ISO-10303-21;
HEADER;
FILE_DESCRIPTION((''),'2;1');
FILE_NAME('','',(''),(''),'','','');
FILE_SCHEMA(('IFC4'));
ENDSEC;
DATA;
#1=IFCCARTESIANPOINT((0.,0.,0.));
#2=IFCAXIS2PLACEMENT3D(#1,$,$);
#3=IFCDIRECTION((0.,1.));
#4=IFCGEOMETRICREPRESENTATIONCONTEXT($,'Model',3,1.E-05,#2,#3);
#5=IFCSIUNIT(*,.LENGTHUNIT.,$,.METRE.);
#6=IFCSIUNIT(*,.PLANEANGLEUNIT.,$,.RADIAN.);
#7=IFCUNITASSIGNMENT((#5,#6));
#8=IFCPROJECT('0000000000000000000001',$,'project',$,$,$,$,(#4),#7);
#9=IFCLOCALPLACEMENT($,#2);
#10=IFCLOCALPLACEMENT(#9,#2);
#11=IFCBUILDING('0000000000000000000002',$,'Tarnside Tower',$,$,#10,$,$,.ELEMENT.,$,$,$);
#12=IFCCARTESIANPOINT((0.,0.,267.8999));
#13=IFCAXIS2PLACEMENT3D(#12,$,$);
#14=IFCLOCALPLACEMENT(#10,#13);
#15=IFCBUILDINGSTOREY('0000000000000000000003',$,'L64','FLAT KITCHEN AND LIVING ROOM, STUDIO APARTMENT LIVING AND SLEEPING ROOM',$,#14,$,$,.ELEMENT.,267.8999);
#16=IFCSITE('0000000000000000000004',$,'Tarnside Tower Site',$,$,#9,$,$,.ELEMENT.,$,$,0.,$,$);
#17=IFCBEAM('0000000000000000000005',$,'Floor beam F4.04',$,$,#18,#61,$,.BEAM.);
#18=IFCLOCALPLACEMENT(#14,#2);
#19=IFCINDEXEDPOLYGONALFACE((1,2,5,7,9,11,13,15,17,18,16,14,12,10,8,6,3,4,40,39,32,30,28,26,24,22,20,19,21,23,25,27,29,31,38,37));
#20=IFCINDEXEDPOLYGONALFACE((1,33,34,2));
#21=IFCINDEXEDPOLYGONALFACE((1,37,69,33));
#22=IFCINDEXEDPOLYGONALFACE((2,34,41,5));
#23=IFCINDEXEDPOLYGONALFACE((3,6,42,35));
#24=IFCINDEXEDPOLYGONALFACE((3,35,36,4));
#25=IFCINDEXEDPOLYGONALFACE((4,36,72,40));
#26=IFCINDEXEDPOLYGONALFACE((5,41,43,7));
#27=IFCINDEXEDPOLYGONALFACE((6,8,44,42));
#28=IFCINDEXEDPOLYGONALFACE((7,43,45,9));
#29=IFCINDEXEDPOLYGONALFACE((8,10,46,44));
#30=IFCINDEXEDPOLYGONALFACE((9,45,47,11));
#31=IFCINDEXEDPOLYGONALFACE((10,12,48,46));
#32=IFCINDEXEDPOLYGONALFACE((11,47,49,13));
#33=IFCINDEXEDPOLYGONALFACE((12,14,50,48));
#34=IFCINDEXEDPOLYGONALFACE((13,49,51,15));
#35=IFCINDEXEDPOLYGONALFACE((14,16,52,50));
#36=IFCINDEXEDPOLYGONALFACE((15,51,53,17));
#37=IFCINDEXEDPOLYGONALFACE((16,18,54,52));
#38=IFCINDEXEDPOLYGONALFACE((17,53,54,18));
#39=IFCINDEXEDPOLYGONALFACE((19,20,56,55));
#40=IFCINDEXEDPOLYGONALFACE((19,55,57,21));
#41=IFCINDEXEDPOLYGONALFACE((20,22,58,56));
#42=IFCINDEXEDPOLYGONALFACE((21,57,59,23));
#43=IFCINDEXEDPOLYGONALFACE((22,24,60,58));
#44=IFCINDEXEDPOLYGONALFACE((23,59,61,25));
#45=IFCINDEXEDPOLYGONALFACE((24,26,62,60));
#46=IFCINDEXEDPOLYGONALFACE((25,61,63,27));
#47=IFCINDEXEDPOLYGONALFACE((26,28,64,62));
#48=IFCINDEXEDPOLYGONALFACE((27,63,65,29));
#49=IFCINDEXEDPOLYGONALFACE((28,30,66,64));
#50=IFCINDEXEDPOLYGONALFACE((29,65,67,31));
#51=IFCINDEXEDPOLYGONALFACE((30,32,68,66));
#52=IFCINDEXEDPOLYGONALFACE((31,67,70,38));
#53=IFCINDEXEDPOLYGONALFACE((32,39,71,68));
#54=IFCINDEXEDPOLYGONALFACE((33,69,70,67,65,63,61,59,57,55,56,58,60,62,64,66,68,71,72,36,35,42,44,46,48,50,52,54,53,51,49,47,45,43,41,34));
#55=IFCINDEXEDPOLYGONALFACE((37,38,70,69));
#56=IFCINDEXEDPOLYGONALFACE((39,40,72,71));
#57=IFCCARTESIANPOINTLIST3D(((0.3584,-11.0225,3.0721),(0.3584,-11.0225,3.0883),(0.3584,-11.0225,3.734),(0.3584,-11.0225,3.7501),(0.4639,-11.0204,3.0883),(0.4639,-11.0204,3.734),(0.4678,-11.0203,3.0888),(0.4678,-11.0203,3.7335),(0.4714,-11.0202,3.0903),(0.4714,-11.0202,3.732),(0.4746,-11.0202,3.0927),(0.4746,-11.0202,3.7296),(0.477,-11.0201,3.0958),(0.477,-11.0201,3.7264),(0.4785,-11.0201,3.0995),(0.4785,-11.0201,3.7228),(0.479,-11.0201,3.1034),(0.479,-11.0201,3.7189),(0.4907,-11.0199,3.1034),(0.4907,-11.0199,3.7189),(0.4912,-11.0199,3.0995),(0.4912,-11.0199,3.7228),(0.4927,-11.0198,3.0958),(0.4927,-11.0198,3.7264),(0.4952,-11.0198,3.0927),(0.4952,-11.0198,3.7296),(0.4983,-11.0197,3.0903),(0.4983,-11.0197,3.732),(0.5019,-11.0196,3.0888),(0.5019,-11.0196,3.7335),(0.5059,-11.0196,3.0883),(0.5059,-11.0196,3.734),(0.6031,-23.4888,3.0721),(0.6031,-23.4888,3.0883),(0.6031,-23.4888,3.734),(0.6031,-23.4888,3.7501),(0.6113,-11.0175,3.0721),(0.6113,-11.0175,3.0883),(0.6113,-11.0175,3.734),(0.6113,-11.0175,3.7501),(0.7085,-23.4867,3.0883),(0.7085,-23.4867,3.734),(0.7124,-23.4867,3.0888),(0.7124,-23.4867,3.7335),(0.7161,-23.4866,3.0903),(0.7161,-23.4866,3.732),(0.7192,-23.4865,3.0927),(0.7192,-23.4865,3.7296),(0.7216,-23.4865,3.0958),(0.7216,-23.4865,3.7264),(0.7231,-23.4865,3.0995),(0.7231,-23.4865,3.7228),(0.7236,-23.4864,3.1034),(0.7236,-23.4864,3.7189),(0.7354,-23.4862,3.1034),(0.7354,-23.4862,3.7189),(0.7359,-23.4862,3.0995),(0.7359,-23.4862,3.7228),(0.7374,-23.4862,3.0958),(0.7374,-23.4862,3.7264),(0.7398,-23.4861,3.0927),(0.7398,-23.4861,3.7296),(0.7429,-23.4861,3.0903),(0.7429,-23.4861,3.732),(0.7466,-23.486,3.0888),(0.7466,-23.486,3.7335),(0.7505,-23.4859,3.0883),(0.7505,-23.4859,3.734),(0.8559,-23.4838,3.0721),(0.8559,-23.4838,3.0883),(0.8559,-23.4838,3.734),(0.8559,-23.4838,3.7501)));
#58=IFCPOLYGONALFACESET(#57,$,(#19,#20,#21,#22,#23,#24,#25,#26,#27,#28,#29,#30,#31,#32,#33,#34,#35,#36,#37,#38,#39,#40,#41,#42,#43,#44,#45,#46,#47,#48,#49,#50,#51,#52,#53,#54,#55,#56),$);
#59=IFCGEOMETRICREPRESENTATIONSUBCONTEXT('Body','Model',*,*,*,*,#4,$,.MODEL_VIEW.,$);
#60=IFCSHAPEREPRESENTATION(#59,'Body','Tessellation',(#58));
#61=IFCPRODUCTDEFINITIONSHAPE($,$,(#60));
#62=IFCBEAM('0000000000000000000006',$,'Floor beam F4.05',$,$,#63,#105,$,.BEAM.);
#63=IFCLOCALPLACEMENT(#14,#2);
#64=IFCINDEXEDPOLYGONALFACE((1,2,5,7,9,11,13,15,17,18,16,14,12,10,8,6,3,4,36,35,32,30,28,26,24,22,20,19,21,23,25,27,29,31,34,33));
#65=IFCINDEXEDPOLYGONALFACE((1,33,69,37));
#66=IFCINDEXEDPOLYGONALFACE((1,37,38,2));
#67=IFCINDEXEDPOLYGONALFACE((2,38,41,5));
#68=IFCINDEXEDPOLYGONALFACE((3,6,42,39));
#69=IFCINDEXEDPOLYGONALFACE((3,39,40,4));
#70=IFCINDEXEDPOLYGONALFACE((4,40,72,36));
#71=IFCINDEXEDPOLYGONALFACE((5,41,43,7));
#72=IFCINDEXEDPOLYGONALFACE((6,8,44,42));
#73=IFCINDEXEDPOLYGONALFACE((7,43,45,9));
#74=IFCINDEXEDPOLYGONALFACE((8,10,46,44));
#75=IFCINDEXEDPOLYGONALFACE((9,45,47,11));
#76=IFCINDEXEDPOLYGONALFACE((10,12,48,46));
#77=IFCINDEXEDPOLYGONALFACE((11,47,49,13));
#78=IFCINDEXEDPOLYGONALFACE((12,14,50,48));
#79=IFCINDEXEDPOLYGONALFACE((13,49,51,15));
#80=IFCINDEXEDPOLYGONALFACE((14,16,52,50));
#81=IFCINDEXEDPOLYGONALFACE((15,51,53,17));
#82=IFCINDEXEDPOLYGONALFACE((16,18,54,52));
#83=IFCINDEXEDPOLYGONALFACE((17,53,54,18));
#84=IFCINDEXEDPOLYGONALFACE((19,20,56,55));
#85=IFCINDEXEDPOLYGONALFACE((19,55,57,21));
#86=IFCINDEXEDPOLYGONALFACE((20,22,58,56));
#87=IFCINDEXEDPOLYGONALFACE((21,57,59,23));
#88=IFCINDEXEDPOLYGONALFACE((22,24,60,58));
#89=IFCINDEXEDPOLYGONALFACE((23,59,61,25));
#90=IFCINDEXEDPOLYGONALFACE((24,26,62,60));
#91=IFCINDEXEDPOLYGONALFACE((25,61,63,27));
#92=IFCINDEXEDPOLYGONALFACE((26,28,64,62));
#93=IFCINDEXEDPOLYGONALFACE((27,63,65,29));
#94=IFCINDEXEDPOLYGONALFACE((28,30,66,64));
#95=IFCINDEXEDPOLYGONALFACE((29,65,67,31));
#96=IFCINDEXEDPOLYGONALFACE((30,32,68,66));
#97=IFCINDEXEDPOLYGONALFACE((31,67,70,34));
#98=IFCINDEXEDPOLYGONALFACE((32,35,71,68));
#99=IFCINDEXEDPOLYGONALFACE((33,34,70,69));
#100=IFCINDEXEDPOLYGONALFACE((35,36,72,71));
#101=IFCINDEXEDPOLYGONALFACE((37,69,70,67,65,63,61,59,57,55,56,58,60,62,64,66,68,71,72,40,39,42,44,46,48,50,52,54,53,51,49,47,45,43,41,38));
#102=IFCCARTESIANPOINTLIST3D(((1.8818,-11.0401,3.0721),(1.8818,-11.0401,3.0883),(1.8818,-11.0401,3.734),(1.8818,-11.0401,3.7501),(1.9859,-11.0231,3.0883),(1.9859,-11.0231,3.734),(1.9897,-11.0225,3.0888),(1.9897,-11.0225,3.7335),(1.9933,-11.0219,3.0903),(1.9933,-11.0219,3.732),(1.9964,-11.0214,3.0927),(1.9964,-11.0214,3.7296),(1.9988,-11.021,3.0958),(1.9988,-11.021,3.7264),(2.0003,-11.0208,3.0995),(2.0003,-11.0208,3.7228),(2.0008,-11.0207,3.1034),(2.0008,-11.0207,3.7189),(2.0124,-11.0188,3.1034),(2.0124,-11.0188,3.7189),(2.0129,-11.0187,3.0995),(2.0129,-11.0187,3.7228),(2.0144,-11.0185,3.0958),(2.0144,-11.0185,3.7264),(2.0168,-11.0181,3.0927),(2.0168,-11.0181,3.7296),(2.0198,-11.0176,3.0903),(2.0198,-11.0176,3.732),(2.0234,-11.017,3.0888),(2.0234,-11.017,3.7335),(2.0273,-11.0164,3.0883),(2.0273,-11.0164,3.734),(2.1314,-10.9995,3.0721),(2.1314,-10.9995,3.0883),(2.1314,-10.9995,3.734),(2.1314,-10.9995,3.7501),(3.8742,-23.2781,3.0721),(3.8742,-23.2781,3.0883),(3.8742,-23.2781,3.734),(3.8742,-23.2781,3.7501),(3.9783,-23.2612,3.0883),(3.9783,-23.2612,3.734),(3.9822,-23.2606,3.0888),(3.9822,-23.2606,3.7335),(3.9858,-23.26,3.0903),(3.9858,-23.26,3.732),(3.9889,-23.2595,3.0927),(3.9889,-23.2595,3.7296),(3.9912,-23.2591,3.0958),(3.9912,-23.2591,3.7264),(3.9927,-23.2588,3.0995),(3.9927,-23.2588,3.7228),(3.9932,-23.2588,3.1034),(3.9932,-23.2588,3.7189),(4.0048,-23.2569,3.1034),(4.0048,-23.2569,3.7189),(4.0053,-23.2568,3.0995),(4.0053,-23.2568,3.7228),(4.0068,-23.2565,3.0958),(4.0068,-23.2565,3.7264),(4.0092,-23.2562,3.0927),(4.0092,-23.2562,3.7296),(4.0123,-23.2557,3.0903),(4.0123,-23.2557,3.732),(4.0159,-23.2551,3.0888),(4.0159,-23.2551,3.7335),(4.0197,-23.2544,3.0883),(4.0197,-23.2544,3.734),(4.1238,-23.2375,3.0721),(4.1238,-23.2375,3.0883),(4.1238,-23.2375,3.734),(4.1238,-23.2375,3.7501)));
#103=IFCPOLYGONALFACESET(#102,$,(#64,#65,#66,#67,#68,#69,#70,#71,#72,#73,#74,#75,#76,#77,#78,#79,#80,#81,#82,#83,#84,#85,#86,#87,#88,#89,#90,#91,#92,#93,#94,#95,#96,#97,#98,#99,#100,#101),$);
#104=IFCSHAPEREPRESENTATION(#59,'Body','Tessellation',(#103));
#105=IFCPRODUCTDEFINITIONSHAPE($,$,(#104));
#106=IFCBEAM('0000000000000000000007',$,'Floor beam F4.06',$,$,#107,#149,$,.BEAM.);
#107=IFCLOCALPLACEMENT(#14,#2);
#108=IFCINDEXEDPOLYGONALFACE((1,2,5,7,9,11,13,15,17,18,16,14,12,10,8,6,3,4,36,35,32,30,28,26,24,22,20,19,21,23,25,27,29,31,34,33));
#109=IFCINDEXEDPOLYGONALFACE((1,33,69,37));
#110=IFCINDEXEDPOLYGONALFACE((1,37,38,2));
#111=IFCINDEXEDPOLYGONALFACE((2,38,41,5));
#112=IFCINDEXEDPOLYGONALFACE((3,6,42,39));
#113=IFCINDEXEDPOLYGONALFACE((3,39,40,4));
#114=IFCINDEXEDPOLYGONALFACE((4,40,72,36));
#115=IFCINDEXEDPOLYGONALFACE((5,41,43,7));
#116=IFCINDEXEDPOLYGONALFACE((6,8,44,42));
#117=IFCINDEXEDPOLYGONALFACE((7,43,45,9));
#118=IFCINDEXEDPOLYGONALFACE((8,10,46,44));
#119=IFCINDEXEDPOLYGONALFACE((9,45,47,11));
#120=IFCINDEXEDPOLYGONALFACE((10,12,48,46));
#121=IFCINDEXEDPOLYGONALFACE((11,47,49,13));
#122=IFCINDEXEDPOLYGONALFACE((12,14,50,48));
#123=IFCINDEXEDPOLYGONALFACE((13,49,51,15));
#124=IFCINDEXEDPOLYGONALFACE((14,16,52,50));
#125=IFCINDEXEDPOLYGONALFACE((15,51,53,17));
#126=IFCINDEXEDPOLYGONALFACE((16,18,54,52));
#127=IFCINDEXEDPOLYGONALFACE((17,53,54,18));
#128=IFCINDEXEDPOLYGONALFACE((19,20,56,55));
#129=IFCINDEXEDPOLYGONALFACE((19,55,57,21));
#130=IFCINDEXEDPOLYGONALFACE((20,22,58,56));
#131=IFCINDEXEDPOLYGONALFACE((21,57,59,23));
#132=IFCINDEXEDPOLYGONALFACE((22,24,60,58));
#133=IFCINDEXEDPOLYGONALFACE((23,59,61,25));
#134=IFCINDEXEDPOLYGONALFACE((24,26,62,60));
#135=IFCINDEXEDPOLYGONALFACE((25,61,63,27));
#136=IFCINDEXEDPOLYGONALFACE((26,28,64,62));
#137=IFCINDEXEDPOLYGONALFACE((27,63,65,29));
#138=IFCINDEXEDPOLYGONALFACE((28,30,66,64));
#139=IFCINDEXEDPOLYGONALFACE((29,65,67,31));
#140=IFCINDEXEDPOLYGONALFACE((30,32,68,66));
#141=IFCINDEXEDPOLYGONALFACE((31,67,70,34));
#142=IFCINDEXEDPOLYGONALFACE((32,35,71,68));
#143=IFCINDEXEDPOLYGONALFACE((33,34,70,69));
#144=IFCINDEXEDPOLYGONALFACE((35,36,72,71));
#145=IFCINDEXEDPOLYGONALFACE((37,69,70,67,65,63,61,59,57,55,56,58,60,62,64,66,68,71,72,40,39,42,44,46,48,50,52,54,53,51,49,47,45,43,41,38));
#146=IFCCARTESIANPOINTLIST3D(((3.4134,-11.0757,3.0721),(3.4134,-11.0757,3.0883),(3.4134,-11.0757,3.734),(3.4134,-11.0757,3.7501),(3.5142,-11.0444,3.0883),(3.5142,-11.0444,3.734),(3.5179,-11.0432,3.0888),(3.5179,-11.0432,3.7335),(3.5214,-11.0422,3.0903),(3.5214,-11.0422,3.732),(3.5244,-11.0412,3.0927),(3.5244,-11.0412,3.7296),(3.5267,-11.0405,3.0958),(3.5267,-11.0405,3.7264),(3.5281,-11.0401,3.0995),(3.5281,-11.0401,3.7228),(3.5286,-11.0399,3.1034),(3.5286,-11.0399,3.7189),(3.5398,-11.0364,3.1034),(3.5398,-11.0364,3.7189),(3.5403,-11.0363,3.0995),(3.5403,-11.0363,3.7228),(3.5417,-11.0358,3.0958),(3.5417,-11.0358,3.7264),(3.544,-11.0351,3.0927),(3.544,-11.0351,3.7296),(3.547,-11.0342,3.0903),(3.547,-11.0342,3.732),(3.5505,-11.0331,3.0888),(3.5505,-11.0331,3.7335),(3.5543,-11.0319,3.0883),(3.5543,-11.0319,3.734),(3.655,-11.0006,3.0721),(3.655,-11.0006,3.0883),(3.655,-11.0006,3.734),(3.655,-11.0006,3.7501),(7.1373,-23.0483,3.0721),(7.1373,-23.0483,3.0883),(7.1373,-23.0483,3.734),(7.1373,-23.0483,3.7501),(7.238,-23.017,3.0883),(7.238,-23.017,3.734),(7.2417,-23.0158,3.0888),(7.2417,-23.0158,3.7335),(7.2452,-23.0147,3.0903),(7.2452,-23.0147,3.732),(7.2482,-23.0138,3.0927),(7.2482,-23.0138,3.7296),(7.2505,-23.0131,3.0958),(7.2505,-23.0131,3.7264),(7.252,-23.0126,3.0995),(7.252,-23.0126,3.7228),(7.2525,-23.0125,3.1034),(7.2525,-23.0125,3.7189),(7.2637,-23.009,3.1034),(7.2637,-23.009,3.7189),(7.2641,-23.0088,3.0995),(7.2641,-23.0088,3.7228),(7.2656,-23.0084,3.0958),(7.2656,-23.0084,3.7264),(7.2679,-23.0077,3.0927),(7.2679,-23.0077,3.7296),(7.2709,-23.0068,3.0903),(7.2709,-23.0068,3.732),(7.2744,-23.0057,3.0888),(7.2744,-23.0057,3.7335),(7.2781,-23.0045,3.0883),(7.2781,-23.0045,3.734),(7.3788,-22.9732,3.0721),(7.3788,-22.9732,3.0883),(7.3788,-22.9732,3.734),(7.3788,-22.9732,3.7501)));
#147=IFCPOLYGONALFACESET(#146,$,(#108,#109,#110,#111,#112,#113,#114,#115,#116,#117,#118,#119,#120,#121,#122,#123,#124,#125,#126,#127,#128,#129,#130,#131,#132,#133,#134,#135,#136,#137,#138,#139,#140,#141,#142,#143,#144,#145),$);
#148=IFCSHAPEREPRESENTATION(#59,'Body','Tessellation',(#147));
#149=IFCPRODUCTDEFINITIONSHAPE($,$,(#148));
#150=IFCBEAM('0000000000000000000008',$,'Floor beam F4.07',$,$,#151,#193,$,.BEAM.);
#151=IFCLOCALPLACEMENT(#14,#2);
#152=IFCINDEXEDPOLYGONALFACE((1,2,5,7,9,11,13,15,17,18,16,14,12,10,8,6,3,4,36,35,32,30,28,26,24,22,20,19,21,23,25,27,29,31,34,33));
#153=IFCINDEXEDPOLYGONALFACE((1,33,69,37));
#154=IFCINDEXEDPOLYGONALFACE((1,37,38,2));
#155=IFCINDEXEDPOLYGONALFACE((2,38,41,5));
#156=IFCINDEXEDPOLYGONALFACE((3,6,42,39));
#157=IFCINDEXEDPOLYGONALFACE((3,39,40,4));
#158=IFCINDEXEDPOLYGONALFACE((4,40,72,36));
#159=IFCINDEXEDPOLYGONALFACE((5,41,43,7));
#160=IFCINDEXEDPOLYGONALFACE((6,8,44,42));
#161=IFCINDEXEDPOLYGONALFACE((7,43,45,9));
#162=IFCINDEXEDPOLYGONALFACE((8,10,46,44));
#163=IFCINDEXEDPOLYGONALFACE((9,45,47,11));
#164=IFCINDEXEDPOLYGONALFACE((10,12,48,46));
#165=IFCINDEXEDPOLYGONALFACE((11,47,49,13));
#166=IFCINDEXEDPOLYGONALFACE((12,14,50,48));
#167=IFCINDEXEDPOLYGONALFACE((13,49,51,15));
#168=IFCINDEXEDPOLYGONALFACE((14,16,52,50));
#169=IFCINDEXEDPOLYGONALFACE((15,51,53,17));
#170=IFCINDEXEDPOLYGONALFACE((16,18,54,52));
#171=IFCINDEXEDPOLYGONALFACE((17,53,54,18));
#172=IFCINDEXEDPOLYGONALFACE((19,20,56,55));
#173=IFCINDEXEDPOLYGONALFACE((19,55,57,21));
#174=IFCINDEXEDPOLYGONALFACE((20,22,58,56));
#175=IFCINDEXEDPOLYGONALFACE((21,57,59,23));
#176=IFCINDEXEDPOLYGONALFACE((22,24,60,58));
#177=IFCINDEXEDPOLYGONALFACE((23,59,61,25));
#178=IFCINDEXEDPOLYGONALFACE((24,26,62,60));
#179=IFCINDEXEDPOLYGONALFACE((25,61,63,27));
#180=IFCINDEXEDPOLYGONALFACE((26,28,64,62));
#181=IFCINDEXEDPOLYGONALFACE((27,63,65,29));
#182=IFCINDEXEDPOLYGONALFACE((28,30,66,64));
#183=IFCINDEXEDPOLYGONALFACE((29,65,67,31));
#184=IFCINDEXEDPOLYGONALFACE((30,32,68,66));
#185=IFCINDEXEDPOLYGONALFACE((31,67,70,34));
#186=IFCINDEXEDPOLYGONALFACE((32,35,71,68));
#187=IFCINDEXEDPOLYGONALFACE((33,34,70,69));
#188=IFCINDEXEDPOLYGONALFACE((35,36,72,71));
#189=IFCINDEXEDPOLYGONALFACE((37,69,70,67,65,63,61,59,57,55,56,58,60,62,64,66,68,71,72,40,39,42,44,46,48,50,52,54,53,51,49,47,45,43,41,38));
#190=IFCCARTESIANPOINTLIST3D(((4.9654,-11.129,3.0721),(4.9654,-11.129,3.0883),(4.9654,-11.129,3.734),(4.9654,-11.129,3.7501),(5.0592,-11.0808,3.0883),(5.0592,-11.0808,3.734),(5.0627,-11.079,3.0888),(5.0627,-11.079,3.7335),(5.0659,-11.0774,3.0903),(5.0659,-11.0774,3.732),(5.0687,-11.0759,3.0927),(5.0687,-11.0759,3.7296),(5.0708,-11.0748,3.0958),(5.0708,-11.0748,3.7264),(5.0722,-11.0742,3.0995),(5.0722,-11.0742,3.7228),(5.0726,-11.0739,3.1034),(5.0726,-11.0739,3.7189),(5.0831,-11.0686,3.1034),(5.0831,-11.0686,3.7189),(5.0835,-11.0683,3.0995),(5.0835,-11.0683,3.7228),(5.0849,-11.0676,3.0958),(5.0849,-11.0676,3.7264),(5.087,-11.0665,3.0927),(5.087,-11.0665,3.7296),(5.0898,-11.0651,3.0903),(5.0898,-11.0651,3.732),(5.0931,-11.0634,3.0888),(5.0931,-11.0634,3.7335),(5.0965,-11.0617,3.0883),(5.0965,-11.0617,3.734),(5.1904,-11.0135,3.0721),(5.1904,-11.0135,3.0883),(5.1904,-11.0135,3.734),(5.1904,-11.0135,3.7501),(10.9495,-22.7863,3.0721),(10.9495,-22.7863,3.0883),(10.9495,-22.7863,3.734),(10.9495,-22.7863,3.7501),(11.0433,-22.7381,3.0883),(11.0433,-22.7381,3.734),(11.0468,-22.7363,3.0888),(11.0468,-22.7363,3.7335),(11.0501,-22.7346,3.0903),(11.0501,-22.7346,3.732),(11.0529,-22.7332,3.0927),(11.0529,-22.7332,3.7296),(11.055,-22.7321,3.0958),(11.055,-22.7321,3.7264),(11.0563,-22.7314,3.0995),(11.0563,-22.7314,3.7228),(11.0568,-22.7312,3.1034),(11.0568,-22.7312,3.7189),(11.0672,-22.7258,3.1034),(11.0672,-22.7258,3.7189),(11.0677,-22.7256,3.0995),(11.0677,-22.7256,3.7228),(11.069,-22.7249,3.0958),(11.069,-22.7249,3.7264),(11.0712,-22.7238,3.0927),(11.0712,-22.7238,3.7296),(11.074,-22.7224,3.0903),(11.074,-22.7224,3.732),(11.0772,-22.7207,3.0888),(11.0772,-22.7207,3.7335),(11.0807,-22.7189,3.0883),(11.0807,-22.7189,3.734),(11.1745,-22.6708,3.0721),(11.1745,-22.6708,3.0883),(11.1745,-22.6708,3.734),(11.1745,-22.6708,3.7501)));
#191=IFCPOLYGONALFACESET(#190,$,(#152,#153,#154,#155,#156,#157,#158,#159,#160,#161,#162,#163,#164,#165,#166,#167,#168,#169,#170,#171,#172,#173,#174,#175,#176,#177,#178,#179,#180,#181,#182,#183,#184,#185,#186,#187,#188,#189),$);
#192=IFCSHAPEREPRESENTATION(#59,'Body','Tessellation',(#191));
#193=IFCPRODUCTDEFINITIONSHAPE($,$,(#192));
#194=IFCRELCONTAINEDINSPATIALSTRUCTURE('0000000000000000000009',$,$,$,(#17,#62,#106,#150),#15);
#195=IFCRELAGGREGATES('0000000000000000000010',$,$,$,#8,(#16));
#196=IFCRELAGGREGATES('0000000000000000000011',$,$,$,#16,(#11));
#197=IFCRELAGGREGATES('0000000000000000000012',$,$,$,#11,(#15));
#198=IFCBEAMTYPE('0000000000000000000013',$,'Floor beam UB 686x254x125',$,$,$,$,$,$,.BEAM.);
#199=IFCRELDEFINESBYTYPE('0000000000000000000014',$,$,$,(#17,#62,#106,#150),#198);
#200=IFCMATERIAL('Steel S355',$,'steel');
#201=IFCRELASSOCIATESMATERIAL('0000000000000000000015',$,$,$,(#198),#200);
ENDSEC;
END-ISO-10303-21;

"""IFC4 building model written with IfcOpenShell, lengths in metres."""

from ifc_helpers import new_model, si_unit, direction, frame, origin, origin_2d, place, context, subcontext, project, spatial, i_section, extrude, material, material_profile, profile_set, type_object, element, save


model = new_model("IFC4")

# Units and contexts
model_context = context("Model", 3, precision=1e-05, world=origin(), true_north=direction((0.0, 1.0)))
body_context = subcontext(model_context, "Body", "Model", "MODEL_VIEW")
ifc_project = project(units=[si_unit("LENGTHUNIT", "METRE"), si_unit("PLANEANGLEUNIT", "RADIAN")], contexts=[model_context])

# Site, building, storey
site_placement = place(None, origin())
site = spatial("IfcSite", under=ifc_project, at=site_placement, Name="Tarnside Tower Site", CompositionType="ELEMENT", RefElevation=0.0)
building_placement = place(site_placement, origin())
building = spatial("IfcBuilding", under=site, at=building_placement, Name="Tarnside Tower", CompositionType="ELEMENT")
storey_placement = place(building_placement, frame((0.0, 0.0, 267.8999)))
storey = spatial("IfcBuildingStorey", under=building, at=storey_placement, Name="L64", Description="FLAT KITCHEN AND LIVING ROOM, STUDIO APARTMENT LIVING AND SLEEPING ROOM", CompositionType="ELEMENT", Elevation=267.8999)

# Beams
ifc_material_1 = material(Name="Steel S355", Category="steel")
ifc_material_profile = material_profile(ifc_material_1, i_section(OverallWidth=0.2529, OverallDepth=0.678, WebThickness=0.0117, FlangeThickness=0.0161, FilletRadius=0.0151, at=origin_2d()), Name="UB 686x254x125")
ifc_profile_set = profile_set([ifc_material_profile], Name="Steel S355")
beam_type = type_object("IfcBeamType", Name="Floor beam UB 686x254x125", PredefinedType="BEAM", material=ifc_profile_set)
beam_1_placement = place(storey_placement, frame((0.7295, -23.4863, 3.4111), z_axis=(-0.019619, 0.999808, 0.0), x_axis=(-0.999808, -0.019619, 0.0)))
element("IfcBeam", 1, at=beam_1_placement, inside=storey, type_object=beam_type, Name="Floor beam F4.04", PredefinedType="BEAM", context=body_context, shape_type="SweptSolid", body=[
    extrude(i_section(OverallWidth=0.2529, OverallDepth=0.678, WebThickness=0.0117, FlangeThickness=0.0161, FilletRadius=0.0151, at=origin_2d()), origin(), (0.0, 0.0, 1.0), 12.4688),
])
beam_2_placement = place(storey_placement, frame((3.999, -23.2578, 3.4111), z_axis=(-0.160691, 0.987005, 0.0), x_axis=(-0.987005, -0.160691, 0.0)))
element("IfcBeam", 2, at=beam_2_placement, inside=storey, type_object=beam_type, Name="Floor beam F4.05", PredefinedType="BEAM", context=body_context, shape_type="SweptSolid", body=[
    extrude(i_section(OverallWidth=0.2529, OverallDepth=0.678, WebThickness=0.0117, FlangeThickness=0.0161, FilletRadius=0.0151, at=origin_2d()), origin(), (0.0, 0.0, 1.0), 12.3992),
])
beam_3_placement = place(storey_placement, frame((7.2581, -23.0107, 3.4111), z_axis=(-0.296998, 0.954878, 0.0), x_axis=(-0.954878, -0.296998, 0.0)))
element("IfcBeam", 3, at=beam_3_placement, inside=storey, type_object=beam_type, Name="Floor beam F4.06", PredefinedType="BEAM", context=body_context, shape_type="SweptSolid", body=[
    extrude(i_section(OverallWidth=0.2529, OverallDepth=0.678, WebThickness=0.0117, FlangeThickness=0.0161, FilletRadius=0.0151, at=origin_2d()), origin(), (0.0, 0.0, 1.0), 12.5383),
])
beam_4_placement = place(storey_placement, frame((11.062, -22.7285, 3.4111), z_axis=(-0.456683, 0.889629, 0.0), x_axis=(-0.889629, -0.456683, 0.0)))
element("IfcBeam", 4, at=beam_4_placement, inside=storey, type_object=beam_type, Name="Floor beam F4.07", PredefinedType="BEAM", context=body_context, shape_type="SweptSolid", body=[
    extrude(i_section(OverallWidth=0.2529, OverallDepth=0.678, WebThickness=0.0117, FlangeThickness=0.0161, FilletRadius=0.0151, at=origin_2d()), origin(), (0.0, 0.0, 1.0), 13.1035),
])

save(model, "model.ifc")
